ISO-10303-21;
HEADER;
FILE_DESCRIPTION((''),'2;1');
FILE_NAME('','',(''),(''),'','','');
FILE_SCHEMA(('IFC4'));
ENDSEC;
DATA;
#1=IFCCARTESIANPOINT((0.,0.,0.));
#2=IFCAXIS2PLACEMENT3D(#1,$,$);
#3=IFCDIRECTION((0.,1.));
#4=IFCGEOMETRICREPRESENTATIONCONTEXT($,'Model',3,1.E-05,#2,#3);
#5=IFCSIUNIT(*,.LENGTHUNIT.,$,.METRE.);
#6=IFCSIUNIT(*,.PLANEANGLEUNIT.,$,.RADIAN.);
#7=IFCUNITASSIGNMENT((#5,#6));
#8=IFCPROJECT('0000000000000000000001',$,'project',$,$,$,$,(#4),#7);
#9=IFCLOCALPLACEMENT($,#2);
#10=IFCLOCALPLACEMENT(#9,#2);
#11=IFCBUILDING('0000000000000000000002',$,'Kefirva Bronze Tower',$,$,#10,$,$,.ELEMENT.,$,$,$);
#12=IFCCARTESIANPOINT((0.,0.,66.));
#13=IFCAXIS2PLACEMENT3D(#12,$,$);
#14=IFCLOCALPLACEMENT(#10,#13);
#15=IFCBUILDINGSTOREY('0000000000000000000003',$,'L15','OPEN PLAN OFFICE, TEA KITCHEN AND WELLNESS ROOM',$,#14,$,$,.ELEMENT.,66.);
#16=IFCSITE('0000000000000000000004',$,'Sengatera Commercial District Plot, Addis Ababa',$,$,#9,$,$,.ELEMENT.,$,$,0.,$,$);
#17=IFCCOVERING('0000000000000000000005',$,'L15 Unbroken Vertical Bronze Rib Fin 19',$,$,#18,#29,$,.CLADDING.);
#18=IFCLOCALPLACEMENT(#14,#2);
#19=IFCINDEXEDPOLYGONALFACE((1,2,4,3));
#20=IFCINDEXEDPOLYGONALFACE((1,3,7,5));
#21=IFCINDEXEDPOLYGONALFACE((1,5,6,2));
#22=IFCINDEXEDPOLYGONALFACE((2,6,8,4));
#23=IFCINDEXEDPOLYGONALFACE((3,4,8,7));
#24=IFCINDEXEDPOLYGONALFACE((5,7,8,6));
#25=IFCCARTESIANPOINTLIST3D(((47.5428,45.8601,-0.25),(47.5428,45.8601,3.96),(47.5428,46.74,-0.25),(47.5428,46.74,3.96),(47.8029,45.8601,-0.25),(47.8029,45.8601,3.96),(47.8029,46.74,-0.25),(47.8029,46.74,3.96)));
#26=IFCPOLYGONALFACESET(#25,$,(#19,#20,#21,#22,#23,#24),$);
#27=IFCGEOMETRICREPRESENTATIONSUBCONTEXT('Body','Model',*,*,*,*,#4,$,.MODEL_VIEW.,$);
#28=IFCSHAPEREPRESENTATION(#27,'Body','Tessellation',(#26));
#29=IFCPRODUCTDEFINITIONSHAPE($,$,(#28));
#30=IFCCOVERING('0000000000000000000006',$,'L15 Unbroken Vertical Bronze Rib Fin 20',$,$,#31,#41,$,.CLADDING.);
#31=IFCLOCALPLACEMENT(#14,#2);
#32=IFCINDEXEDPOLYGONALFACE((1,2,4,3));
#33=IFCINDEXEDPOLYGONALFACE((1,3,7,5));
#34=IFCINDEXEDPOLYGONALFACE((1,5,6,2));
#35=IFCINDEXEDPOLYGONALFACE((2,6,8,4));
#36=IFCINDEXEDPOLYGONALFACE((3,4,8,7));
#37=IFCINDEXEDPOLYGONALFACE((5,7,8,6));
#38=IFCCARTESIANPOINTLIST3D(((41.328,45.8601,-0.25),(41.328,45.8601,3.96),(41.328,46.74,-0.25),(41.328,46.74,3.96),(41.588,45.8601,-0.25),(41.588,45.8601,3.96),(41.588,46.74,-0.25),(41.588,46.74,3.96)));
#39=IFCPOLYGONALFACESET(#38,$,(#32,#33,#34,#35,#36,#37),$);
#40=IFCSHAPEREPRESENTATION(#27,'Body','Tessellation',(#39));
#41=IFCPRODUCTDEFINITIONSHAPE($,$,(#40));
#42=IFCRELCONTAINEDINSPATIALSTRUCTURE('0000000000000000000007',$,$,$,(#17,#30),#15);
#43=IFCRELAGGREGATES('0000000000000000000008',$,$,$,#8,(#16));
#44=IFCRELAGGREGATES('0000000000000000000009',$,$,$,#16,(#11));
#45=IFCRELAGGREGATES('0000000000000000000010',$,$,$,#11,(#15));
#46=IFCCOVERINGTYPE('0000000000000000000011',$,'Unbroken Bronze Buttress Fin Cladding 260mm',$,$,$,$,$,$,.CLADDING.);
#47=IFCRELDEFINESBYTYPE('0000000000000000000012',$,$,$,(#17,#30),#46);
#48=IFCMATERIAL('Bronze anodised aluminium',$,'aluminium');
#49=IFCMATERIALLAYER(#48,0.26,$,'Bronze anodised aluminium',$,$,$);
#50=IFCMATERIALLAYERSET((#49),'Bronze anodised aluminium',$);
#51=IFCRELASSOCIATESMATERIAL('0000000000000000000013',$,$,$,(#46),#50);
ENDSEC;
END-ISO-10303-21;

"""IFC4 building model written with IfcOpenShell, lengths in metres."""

from ifc_helpers import new_model, si_unit, direction, frame, origin, origin_2d, place, context, subcontext, project, spatial, rectangle, extrude, material, layer, layer_set, type_object, element, save


model = new_model("IFC4")

# Units and contexts
model_context = context("Model", 3, precision=1e-05, world=origin(), true_north=direction((0.0, 1.0)))
body_context = subcontext(model_context, "Body", "Model", "MODEL_VIEW")
ifc_project = project(units=[si_unit("LENGTHUNIT", "METRE"), si_unit("PLANEANGLEUNIT", "RADIAN")], contexts=[model_context])

# Site, building, storey
site_placement = place(None, origin())
site = spatial("IfcSite", under=ifc_project, at=site_placement, Name="Sengatera Commercial District Plot, Addis Ababa", CompositionType="ELEMENT", RefElevation=0.0)
building_placement = place(site_placement, origin())
building = spatial("IfcBuilding", under=site, at=building_placement, Name="Kefirva Bronze Tower", CompositionType="ELEMENT")
storey_placement = place(building_placement, frame((0.0, 0.0, 66.0)))
storey = spatial("IfcBuildingStorey", under=building, at=storey_placement, Name="L15", Description="OPEN PLAN OFFICE, TEA KITCHEN AND WELLNESS ROOM", CompositionType="ELEMENT", Elevation=66.0)

# Shared definitions
ifc_material_1 = material(Name="Bronze anodised aluminium", Category="aluminium")

# Coverings
ifc_layer_1 = layer(ifc_material_1, 0.26, Name="Bronze anodised aluminium")
ifc_layer_set_1 = layer_set([ifc_layer_1], Name="Bronze anodised aluminium")
covering_type_1 = type_object("IfcCoveringType", Name="Unbroken Bronze Buttress Fin Cladding 260mm", PredefinedType="CLADDING", material=ifc_layer_set_1)
for number, where, z_axis, x_axis, name in (
    (1, (47.6729, 46.3, -0.25), (0.0, 0.0, 1.0), (-1.0, 0.0, 0.0), "L15 Unbroken Vertical Bronze Rib Fin 19"),
    (2, (41.458, 46.3, -0.25), (0.0, 0.0, 1.0), (-1.0, 0.0, 0.0), "L15 Unbroken Vertical Bronze Rib Fin 20"),
):
    element("IfcCovering", number, at=place(storey_placement, frame(where, z_axis=z_axis, x_axis=x_axis)), inside=storey, type_object=covering_type_1, Name=name, PredefinedType="CLADDING", context=body_context, shape_type="SweptSolid", body=[
        extrude(rectangle(XDim=0.26, YDim=0.8799, at=origin_2d()), origin(), (0.0, 0.0, 1.0), 4.21),
    ])

save(model, "model.ifc")
